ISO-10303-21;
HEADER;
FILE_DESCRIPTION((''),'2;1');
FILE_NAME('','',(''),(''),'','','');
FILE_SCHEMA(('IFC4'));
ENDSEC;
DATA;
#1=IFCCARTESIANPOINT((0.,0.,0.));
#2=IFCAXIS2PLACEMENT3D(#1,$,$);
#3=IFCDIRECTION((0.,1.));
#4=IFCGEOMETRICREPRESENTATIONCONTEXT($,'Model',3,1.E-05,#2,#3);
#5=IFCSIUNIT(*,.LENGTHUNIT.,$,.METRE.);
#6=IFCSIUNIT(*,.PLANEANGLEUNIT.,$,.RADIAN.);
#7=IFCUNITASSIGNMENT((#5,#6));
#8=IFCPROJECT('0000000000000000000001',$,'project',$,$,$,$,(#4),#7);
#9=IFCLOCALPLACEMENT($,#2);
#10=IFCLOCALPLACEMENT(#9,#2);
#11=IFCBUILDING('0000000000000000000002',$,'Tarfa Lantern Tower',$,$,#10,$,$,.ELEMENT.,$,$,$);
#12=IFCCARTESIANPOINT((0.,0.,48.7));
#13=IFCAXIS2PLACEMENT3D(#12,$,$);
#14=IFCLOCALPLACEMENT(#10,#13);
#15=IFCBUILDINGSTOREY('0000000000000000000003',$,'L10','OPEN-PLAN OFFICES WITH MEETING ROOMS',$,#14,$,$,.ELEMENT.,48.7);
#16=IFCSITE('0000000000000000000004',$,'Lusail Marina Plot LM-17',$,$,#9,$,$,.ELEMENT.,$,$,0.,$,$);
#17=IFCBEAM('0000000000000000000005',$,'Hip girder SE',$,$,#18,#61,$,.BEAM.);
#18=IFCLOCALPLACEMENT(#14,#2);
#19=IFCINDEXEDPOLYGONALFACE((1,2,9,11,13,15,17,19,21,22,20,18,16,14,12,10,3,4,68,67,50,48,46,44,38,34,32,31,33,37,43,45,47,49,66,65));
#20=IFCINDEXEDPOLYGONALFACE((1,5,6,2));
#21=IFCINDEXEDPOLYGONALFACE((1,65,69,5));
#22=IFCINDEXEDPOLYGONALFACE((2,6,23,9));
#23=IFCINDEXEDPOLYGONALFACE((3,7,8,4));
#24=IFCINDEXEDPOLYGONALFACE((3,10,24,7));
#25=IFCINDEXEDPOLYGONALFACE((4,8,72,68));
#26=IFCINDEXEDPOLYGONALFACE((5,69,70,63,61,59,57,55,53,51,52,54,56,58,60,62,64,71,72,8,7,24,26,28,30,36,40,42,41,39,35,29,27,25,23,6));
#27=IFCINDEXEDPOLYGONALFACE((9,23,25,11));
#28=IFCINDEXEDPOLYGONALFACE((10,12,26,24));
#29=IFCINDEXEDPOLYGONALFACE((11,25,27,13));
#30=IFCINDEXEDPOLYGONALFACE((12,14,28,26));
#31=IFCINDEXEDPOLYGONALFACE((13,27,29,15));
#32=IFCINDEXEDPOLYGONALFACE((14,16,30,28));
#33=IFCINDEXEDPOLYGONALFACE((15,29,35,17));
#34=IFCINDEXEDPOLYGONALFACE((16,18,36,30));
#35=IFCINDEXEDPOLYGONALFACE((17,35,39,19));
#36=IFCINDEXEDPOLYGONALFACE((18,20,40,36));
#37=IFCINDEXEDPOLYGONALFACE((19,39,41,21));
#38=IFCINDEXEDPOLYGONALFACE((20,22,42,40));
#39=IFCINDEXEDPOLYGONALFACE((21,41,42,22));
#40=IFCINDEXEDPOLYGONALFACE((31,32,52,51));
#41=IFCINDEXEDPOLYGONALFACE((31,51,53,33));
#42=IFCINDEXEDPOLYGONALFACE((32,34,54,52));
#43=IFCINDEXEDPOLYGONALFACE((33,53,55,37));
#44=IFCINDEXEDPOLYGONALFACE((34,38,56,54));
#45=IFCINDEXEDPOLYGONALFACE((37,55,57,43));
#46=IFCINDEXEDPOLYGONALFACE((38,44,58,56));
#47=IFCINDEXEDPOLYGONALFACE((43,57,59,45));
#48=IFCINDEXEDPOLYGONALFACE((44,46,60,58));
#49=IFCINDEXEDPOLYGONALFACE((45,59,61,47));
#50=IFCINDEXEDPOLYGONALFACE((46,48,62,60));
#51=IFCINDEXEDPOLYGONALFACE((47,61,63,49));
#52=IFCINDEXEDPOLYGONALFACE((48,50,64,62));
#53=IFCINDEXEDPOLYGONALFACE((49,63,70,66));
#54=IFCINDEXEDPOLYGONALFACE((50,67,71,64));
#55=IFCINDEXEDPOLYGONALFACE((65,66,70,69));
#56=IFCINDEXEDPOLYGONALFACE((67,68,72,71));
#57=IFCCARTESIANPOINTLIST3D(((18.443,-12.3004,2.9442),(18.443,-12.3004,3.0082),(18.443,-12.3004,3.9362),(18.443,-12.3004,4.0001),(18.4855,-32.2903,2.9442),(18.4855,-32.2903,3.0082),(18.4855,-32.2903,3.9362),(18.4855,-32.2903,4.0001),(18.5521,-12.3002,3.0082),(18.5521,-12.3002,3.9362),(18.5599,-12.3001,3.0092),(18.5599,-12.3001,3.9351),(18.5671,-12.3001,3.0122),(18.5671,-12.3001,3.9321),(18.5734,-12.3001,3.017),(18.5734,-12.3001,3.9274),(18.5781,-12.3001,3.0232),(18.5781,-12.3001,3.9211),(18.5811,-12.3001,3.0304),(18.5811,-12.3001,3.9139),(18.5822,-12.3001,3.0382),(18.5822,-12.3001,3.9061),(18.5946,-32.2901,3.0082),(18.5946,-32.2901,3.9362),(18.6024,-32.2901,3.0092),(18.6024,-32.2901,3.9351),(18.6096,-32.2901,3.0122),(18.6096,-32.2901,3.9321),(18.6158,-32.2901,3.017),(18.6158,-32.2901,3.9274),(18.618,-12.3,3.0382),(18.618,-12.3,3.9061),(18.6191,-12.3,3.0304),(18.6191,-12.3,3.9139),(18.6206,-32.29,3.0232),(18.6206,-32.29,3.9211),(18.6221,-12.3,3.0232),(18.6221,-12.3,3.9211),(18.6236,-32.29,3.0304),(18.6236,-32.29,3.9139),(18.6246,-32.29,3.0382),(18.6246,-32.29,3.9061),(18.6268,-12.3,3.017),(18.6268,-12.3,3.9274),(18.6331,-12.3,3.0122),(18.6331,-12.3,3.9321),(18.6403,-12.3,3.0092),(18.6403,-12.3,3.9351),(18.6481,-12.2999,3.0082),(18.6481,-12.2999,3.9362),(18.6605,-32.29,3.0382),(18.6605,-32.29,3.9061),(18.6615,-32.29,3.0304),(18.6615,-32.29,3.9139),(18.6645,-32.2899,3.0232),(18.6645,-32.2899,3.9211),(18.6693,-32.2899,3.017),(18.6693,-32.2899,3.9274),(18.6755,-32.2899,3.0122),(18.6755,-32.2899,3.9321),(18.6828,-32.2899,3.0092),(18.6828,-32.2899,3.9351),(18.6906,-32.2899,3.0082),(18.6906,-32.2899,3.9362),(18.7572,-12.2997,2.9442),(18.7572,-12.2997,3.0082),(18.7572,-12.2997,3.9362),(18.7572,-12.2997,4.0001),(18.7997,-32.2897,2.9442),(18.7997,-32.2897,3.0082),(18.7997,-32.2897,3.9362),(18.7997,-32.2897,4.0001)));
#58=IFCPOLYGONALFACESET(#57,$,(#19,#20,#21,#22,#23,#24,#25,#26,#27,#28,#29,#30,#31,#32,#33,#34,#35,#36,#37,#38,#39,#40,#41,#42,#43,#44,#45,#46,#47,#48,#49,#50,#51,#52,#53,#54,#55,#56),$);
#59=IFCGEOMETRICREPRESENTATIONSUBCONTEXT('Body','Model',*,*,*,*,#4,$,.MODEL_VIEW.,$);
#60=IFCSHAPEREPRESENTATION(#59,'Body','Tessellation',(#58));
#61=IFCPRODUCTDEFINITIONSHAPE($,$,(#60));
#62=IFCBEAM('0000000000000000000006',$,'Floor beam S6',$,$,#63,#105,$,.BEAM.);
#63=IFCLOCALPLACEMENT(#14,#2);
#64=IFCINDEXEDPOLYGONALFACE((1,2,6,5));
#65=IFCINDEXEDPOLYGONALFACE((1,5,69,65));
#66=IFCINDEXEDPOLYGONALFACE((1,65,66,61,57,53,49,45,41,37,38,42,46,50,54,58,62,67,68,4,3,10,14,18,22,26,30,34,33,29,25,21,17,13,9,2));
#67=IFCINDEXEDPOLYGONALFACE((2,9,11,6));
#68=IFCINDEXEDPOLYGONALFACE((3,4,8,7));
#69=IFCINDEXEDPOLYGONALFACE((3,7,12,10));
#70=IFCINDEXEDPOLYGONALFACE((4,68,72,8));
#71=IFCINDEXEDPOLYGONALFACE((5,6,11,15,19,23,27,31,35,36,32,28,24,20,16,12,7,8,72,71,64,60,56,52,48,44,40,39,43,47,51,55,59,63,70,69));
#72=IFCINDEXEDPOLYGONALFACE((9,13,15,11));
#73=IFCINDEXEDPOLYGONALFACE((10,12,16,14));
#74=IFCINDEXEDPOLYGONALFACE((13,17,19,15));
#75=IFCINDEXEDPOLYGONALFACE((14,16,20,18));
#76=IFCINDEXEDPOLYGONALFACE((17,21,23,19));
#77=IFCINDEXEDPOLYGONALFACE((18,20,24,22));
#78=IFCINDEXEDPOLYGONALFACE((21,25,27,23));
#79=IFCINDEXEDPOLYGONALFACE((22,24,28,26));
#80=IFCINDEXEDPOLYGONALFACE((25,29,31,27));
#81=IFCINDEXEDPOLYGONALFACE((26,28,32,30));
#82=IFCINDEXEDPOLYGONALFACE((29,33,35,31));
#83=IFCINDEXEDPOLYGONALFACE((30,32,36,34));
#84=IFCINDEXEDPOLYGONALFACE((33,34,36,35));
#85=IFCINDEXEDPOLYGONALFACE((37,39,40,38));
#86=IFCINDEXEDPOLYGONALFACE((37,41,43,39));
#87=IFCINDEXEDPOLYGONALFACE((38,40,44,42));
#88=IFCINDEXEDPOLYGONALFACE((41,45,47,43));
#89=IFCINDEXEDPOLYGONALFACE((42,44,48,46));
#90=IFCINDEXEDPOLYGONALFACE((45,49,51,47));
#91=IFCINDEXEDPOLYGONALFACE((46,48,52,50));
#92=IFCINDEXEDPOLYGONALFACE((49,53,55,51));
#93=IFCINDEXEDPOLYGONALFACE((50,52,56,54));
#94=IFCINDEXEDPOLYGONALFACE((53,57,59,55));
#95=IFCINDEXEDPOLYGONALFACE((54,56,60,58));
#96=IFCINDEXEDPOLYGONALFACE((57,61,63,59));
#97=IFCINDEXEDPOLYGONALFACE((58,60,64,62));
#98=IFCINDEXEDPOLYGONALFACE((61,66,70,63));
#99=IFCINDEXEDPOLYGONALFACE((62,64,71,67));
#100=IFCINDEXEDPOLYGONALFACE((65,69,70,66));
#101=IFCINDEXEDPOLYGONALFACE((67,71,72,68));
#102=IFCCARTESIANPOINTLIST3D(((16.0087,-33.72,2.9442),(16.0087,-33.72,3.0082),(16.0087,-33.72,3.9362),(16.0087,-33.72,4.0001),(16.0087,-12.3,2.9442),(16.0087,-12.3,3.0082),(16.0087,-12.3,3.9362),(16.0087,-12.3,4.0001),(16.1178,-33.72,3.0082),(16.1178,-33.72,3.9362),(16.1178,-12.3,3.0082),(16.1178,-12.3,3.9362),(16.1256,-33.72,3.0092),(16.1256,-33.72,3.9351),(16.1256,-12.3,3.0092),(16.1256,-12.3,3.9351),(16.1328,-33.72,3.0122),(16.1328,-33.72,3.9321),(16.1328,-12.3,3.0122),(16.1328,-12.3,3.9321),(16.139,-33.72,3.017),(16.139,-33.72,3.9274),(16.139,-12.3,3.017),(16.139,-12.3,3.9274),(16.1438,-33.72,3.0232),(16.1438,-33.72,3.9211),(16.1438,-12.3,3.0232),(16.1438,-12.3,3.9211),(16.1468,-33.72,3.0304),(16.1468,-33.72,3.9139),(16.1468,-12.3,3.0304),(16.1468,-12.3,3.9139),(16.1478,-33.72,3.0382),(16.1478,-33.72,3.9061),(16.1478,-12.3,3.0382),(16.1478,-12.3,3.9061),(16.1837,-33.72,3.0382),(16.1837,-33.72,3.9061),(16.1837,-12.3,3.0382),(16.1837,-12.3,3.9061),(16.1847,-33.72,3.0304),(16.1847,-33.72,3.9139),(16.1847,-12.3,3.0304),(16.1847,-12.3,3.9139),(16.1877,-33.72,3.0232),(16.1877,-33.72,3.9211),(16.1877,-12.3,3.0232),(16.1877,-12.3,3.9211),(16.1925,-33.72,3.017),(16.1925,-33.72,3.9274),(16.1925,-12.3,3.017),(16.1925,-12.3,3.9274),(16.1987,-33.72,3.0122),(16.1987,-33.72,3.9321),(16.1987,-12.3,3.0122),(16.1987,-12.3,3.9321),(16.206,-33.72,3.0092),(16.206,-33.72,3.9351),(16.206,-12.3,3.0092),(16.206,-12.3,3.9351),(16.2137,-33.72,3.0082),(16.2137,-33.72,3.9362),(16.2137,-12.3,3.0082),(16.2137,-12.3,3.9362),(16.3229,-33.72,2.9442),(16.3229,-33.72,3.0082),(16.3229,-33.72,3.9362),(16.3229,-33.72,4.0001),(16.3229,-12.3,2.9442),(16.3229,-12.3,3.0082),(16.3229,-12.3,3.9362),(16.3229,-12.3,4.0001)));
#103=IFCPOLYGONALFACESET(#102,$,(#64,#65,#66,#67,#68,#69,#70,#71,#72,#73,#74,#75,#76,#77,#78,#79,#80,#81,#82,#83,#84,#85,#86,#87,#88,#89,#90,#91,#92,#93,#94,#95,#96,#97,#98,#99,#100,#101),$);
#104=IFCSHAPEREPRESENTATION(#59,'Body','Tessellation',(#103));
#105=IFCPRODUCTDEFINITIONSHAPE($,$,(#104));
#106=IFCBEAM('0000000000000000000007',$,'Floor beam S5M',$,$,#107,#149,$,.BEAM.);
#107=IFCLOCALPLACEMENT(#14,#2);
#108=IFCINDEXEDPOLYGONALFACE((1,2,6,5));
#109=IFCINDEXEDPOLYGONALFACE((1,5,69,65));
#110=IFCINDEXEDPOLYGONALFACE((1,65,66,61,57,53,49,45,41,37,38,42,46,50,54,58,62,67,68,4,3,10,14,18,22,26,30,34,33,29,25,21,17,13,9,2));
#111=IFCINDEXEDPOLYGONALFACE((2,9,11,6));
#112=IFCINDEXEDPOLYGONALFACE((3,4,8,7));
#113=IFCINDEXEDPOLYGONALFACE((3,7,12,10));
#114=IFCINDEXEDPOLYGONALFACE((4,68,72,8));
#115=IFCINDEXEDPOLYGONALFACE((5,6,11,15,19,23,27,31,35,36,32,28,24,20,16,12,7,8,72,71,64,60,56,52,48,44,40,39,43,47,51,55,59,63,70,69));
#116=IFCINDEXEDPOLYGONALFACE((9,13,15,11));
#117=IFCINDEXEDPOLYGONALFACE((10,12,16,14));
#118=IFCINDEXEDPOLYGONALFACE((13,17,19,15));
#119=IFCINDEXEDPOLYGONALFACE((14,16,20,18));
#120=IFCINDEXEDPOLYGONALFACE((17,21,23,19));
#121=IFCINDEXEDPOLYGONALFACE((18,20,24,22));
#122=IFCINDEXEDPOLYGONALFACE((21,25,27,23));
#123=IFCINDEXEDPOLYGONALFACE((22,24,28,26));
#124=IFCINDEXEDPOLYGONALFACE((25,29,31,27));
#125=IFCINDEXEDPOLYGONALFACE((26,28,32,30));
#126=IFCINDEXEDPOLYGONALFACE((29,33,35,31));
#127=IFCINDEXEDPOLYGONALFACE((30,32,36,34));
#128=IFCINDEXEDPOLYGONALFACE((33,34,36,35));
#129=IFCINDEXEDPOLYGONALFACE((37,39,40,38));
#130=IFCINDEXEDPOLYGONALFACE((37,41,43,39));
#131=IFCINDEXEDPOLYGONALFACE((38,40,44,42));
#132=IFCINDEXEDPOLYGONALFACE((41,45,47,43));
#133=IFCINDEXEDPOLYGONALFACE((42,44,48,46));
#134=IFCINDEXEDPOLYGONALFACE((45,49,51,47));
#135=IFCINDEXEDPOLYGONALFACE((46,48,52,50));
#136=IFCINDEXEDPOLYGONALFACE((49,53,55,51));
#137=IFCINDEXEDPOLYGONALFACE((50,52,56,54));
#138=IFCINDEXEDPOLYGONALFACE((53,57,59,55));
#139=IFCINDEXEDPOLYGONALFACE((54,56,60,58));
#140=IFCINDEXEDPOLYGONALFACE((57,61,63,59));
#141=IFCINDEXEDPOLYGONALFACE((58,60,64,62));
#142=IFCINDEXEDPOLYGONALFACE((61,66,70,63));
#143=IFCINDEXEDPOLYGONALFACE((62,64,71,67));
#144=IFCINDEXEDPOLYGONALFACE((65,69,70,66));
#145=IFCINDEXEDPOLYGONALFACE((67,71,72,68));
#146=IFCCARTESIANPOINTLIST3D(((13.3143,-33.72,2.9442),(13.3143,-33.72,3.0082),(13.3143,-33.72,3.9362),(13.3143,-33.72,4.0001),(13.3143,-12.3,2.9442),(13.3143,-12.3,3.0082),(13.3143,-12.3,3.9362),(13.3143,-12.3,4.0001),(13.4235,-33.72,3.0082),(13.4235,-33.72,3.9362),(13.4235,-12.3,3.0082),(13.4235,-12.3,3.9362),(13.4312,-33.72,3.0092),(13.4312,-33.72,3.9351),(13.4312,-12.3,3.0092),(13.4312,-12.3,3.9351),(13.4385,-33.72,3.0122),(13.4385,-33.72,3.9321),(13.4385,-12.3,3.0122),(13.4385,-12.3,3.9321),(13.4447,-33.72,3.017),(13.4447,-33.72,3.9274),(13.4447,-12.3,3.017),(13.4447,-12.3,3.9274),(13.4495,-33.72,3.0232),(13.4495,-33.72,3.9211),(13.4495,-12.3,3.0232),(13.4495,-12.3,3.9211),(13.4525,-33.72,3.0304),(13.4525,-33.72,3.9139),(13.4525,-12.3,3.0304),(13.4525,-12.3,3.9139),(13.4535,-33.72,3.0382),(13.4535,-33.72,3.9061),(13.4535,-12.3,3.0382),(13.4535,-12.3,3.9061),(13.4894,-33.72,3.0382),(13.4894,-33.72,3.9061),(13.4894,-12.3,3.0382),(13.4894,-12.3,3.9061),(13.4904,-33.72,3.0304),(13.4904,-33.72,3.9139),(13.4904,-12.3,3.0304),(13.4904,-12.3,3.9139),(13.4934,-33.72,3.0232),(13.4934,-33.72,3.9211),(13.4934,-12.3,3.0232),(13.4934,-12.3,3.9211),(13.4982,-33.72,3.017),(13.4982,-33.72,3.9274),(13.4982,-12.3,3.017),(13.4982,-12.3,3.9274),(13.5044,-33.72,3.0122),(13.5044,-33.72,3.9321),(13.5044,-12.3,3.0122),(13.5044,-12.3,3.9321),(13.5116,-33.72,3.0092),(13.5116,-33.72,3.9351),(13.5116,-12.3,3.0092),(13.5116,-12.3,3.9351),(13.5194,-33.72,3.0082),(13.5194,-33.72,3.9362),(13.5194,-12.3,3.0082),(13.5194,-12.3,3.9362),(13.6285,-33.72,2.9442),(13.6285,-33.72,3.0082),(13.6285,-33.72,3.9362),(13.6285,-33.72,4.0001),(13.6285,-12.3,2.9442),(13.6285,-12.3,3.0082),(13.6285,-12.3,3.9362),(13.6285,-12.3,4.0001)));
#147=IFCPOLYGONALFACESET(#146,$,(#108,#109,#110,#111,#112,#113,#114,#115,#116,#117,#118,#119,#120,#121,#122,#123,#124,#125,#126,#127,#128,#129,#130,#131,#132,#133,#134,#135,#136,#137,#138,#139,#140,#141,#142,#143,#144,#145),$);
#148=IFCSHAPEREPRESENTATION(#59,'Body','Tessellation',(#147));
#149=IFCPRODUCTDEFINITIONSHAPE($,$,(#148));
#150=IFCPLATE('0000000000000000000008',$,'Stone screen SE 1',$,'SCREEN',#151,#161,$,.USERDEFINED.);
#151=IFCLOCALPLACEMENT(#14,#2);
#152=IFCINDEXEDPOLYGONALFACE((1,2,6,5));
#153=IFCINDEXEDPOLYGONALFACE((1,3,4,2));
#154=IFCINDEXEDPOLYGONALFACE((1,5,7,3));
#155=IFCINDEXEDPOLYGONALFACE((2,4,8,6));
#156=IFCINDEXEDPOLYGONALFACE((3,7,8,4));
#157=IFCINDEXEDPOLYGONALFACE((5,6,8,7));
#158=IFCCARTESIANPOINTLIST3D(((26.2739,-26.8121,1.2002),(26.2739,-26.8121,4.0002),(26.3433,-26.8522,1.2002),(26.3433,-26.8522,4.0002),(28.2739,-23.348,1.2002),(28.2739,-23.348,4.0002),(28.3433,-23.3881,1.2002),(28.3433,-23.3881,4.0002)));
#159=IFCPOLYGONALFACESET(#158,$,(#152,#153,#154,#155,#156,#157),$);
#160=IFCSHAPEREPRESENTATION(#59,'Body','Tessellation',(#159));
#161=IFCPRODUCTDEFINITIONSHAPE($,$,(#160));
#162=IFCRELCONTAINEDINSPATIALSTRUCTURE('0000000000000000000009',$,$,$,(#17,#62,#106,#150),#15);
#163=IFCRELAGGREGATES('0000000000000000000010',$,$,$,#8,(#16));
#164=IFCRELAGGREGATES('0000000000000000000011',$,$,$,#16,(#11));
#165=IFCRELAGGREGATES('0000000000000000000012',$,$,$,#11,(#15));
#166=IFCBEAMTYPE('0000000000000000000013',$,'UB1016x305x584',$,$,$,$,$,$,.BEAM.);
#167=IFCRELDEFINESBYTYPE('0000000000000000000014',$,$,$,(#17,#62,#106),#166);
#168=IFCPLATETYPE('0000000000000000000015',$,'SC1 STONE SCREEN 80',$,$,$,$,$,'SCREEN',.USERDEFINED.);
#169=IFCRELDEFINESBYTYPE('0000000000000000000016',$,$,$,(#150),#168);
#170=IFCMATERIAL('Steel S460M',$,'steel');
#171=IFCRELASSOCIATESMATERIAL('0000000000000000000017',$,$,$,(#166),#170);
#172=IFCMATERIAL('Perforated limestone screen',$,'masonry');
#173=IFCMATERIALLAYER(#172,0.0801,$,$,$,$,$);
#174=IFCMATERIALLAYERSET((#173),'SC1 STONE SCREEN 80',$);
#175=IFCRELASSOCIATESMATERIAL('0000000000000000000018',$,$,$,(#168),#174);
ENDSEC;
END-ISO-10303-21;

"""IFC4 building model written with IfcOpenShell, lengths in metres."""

from ifc_helpers import new_model, si_unit, direction, frame, origin, origin_2d, place, context, subcontext, project, spatial, rectangle, i_section, extrude, material, layer, layer_set, material_profile, profile_set, type_object, element, save


model = new_model("IFC4")

# Units and contexts
model_context = context("Model", 3, precision=1e-05, world=origin(), true_north=direction((0.0, 1.0)))
body_context = subcontext(model_context, "Body", "Model", "MODEL_VIEW")
ifc_project = project(units=[si_unit("LENGTHUNIT", "METRE"), si_unit("PLANEANGLEUNIT", "RADIAN")], contexts=[model_context])

# Site, building, storey
site_placement = place(None, origin())
site = spatial("IfcSite", under=ifc_project, at=site_placement, Name="Lusail Marina Plot LM-17", CompositionType="ELEMENT", RefElevation=0.0)
building_placement = place(site_placement, origin())
building = spatial("IfcBuilding", under=site, at=building_placement, Name="Tarfa Lantern Tower", CompositionType="ELEMENT")
storey_placement = place(building_placement, frame((0.0, 0.0, 48.7)))
storey = spatial("IfcBuildingStorey", under=building, at=storey_placement, Name="L10", Description="OPEN-PLAN OFFICES WITH MEETING ROOMS", CompositionType="ELEMENT", Elevation=48.7)

# Beams
ifc_material_1 = material(Name="Steel S460M", Category="steel")
ifc_material_profile_1 = material_profile(ifc_material_1, i_section(OverallWidth=0.3142, OverallDepth=1.0559, WebThickness=0.0359, FlangeThickness=0.064, FilletRadius=0.03, at=origin_2d()), Name="UB1016x305x584")
ifc_profile_set_1 = profile_set([ifc_material_profile_1], Name="Steel S460M")
beam_type_1 = type_object("IfcBeamType", Name="UB1016x305x584", PredefinedType="BEAM", material=ifc_profile_set_1)
beam_1_placement = place(storey_placement, frame((18.6001, -12.3, 3.4722), z_axis=(0.002125, -0.999998, 0.0), x_axis=(0.999998, 0.002125, 0.0)))
element("IfcBeam", 1, at=beam_1_placement, inside=storey, type_object=beam_type_1, Name="Hip girder SE", PredefinedType="BEAM", context=body_context, shape_type="SweptSolid", body=[
    extrude(i_section(OverallWidth=0.3142, OverallDepth=1.0559, WebThickness=0.0359, FlangeThickness=0.064, FilletRadius=0.03, at=origin_2d()), origin(), (0.0, 0.0, 1.0), 19.99),
])
for number, where, z_axis, x_axis, name in (
    (2, (16.1658, -33.72, 3.4722), (0.0, 1.0, 0.0), (-1.0, 0.0, 0.0), "Floor beam S6"),
    (3, (13.4714, -33.72, 3.4722), (0.0, 1.0, 0.0), (-1.0, 0.0, 0.0), "Floor beam S5M"),
):
    element("IfcBeam", number, at=place(storey_placement, frame(where, z_axis=z_axis, x_axis=x_axis)), inside=storey, type_object=beam_type_1, Name=name, PredefinedType="BEAM", context=body_context, shape_type="SweptSolid", body=[
        extrude(i_section(OverallWidth=0.3142, OverallDepth=1.0559, WebThickness=0.0359, FlangeThickness=0.064, FilletRadius=0.03, at=origin_2d()), origin(), (0.0, 0.0, 1.0), 21.4199),
    ])

# Plate
ifc_material_2 = material(Name="Perforated limestone screen", Category="masonry")
ifc_layer_1 = layer(ifc_material_2, 0.0801)
ifc_layer_set_1 = layer_set([ifc_layer_1], Name="SC1 STONE SCREEN 80")
plate_type = type_object("IfcPlateType", Name="SC1 STONE SCREEN 80", ElementType="SCREEN", PredefinedType="USERDEFINED", material=ifc_layer_set_1)
plate_placement = place(storey_placement, frame((27.3086, -25.1001, 1.2002), z_axis=(0.0, 0.0, 1.0), x_axis=(0.5, 0.866025, 0.0)))
element("IfcPlate", 4, at=plate_placement, inside=storey, type_object=plate_type, Name="Stone screen SE 1", ObjectType="SCREEN", PredefinedType="USERDEFINED", context=body_context, shape_type="SweptSolid", body=[
    extrude(rectangle(XDim=4.0, YDim=0.0801, at=origin_2d()), origin(), (0.0, 0.0, 1.0), 2.8),
])

save(model, "model.ifc")
